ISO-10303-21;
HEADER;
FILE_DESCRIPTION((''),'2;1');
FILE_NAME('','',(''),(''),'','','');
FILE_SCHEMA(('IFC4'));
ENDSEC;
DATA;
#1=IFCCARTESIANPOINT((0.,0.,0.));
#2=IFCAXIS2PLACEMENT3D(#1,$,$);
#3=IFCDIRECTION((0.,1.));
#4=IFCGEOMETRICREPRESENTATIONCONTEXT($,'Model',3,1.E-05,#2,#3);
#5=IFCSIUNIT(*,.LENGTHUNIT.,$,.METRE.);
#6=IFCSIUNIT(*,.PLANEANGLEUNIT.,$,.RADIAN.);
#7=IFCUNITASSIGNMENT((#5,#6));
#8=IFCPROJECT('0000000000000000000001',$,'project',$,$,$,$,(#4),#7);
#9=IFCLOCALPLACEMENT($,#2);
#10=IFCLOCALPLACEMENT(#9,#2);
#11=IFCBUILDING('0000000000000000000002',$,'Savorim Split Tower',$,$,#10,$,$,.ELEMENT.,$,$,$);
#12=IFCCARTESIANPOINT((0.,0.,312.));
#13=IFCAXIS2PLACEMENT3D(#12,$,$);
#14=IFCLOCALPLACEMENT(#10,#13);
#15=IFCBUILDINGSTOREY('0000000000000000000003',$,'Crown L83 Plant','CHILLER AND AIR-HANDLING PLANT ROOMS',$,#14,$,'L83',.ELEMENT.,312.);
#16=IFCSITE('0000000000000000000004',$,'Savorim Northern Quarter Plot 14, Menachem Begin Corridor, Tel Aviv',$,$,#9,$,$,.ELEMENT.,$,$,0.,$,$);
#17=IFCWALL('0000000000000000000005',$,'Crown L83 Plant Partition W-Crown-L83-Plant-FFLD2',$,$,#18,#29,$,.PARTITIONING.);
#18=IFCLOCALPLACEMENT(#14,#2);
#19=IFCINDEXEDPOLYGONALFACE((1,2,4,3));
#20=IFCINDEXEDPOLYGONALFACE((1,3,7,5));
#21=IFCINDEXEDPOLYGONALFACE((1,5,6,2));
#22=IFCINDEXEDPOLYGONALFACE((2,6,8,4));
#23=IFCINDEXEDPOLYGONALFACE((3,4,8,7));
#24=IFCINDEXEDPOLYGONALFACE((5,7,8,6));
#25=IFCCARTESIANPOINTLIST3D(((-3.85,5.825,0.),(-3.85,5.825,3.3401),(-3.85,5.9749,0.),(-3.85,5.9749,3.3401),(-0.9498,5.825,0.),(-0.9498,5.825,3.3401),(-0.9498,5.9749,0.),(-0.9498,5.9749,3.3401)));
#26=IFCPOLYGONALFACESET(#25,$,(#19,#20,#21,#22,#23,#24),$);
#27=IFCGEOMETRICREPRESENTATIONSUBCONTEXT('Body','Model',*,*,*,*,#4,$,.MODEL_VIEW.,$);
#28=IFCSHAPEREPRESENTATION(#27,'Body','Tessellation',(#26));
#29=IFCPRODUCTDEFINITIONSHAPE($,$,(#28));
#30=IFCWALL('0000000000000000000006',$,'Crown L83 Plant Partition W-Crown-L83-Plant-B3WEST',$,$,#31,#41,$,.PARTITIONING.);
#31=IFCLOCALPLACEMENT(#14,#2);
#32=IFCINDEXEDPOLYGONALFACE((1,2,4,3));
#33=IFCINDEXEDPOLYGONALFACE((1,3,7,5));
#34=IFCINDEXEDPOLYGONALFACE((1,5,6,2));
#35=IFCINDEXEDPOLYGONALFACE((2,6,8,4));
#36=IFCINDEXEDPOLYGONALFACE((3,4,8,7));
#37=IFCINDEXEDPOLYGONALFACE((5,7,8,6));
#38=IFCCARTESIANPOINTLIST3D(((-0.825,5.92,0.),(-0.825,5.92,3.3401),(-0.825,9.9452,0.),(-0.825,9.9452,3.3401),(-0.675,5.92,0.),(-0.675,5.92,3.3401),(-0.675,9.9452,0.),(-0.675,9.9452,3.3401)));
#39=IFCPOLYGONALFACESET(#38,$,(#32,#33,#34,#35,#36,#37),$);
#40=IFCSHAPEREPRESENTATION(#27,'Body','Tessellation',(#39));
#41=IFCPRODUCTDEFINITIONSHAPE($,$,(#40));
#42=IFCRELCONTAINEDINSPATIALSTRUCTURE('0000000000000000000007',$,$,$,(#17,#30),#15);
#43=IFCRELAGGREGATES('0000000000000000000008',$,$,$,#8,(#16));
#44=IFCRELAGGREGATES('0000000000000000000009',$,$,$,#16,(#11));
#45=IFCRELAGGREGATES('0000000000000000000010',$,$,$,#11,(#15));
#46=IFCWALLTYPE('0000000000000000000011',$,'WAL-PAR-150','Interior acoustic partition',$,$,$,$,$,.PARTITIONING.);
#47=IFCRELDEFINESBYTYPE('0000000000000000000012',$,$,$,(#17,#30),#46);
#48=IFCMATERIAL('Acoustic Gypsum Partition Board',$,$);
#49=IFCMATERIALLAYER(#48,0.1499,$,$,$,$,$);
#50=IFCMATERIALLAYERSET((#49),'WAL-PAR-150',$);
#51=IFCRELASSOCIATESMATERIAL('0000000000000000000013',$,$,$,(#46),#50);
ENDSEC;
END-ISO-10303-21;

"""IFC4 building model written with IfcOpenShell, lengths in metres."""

from ifc_helpers import new_model, si_unit, direction, frame, frame_2d, origin, place, context, subcontext, project, spatial, rectangle, extrude, material, layer, layer_set, type_object, element, save


model = new_model("IFC4")

# Units and contexts
model_context = context("Model", 3, precision=1e-05, world=origin(), true_north=direction((0.0, 1.0)))
body_context = subcontext(model_context, "Body", "Model", "MODEL_VIEW")
ifc_project = project(units=[si_unit("LENGTHUNIT", "METRE"), si_unit("PLANEANGLEUNIT", "RADIAN")], contexts=[model_context])

# Site, building, storey
site_placement = place(None, origin())
site = spatial("IfcSite", under=ifc_project, at=site_placement, Name="Savorim Northern Quarter Plot 14, Menachem Begin Corridor, Tel Aviv", CompositionType="ELEMENT", RefElevation=0.0)
building_placement = place(site_placement, origin())
building = spatial("IfcBuilding", under=site, at=building_placement, Name="Savorim Split Tower", CompositionType="ELEMENT")
storey_placement = place(building_placement, frame((0.0, 0.0, 312.0)))
storey = spatial("IfcBuildingStorey", under=building, at=storey_placement, Name="Crown L83 Plant", Description="CHILLER AND AIR-HANDLING PLANT ROOMS", LongName="L83", CompositionType="ELEMENT", Elevation=312.0)

# Walls
ifc_material_1 = material(Name="Acoustic Gypsum Partition Board")
ifc_layer_1 = layer(ifc_material_1, 0.1499)
ifc_layer_set_1 = layer_set([ifc_layer_1], Name="WAL-PAR-150")
wall_type_1 = type_object("IfcWallType", Name="WAL-PAR-150", Description="Interior acoustic partition", PredefinedType="PARTITIONING", material=ifc_layer_set_1)
wall_1_placement = place(storey_placement, frame((-3.8501, 5.8999, 0.0), z_axis=(0.0, 0.0, 1.0), x_axis=(1.0, 0.0, 0.0)))
element("IfcWall", 1, at=wall_1_placement, inside=storey, type_object=wall_type_1, Name="Crown L83 Plant Partition W-Crown-L83-Plant-FFLD2", PredefinedType="PARTITIONING", context=body_context, shape_type="SweptSolid", body=[
    extrude(rectangle(XDim=2.9001, YDim=0.1499, at=frame_2d((1.4502, 0.0))), origin(), (0.0, 0.0, 1.0), 3.3401),
])
wall_2_placement = place(storey_placement, frame((-0.75, 5.9199, 0.0), z_axis=(0.0, 0.0, 1.0), x_axis=(0.0, 1.0, 0.0)))
element("IfcWall", 2, at=wall_2_placement, inside=storey, type_object=wall_type_1, Name="Crown L83 Plant Partition W-Crown-L83-Plant-B3WEST", PredefinedType="PARTITIONING", context=body_context, shape_type="SweptSolid", body=[
    extrude(rectangle(XDim=4.0251, YDim=0.1499, at=frame_2d((2.0127, 0.0))), origin(), (0.0, 0.0, 1.0), 3.3401),
])

save(model, "model.ifc")
